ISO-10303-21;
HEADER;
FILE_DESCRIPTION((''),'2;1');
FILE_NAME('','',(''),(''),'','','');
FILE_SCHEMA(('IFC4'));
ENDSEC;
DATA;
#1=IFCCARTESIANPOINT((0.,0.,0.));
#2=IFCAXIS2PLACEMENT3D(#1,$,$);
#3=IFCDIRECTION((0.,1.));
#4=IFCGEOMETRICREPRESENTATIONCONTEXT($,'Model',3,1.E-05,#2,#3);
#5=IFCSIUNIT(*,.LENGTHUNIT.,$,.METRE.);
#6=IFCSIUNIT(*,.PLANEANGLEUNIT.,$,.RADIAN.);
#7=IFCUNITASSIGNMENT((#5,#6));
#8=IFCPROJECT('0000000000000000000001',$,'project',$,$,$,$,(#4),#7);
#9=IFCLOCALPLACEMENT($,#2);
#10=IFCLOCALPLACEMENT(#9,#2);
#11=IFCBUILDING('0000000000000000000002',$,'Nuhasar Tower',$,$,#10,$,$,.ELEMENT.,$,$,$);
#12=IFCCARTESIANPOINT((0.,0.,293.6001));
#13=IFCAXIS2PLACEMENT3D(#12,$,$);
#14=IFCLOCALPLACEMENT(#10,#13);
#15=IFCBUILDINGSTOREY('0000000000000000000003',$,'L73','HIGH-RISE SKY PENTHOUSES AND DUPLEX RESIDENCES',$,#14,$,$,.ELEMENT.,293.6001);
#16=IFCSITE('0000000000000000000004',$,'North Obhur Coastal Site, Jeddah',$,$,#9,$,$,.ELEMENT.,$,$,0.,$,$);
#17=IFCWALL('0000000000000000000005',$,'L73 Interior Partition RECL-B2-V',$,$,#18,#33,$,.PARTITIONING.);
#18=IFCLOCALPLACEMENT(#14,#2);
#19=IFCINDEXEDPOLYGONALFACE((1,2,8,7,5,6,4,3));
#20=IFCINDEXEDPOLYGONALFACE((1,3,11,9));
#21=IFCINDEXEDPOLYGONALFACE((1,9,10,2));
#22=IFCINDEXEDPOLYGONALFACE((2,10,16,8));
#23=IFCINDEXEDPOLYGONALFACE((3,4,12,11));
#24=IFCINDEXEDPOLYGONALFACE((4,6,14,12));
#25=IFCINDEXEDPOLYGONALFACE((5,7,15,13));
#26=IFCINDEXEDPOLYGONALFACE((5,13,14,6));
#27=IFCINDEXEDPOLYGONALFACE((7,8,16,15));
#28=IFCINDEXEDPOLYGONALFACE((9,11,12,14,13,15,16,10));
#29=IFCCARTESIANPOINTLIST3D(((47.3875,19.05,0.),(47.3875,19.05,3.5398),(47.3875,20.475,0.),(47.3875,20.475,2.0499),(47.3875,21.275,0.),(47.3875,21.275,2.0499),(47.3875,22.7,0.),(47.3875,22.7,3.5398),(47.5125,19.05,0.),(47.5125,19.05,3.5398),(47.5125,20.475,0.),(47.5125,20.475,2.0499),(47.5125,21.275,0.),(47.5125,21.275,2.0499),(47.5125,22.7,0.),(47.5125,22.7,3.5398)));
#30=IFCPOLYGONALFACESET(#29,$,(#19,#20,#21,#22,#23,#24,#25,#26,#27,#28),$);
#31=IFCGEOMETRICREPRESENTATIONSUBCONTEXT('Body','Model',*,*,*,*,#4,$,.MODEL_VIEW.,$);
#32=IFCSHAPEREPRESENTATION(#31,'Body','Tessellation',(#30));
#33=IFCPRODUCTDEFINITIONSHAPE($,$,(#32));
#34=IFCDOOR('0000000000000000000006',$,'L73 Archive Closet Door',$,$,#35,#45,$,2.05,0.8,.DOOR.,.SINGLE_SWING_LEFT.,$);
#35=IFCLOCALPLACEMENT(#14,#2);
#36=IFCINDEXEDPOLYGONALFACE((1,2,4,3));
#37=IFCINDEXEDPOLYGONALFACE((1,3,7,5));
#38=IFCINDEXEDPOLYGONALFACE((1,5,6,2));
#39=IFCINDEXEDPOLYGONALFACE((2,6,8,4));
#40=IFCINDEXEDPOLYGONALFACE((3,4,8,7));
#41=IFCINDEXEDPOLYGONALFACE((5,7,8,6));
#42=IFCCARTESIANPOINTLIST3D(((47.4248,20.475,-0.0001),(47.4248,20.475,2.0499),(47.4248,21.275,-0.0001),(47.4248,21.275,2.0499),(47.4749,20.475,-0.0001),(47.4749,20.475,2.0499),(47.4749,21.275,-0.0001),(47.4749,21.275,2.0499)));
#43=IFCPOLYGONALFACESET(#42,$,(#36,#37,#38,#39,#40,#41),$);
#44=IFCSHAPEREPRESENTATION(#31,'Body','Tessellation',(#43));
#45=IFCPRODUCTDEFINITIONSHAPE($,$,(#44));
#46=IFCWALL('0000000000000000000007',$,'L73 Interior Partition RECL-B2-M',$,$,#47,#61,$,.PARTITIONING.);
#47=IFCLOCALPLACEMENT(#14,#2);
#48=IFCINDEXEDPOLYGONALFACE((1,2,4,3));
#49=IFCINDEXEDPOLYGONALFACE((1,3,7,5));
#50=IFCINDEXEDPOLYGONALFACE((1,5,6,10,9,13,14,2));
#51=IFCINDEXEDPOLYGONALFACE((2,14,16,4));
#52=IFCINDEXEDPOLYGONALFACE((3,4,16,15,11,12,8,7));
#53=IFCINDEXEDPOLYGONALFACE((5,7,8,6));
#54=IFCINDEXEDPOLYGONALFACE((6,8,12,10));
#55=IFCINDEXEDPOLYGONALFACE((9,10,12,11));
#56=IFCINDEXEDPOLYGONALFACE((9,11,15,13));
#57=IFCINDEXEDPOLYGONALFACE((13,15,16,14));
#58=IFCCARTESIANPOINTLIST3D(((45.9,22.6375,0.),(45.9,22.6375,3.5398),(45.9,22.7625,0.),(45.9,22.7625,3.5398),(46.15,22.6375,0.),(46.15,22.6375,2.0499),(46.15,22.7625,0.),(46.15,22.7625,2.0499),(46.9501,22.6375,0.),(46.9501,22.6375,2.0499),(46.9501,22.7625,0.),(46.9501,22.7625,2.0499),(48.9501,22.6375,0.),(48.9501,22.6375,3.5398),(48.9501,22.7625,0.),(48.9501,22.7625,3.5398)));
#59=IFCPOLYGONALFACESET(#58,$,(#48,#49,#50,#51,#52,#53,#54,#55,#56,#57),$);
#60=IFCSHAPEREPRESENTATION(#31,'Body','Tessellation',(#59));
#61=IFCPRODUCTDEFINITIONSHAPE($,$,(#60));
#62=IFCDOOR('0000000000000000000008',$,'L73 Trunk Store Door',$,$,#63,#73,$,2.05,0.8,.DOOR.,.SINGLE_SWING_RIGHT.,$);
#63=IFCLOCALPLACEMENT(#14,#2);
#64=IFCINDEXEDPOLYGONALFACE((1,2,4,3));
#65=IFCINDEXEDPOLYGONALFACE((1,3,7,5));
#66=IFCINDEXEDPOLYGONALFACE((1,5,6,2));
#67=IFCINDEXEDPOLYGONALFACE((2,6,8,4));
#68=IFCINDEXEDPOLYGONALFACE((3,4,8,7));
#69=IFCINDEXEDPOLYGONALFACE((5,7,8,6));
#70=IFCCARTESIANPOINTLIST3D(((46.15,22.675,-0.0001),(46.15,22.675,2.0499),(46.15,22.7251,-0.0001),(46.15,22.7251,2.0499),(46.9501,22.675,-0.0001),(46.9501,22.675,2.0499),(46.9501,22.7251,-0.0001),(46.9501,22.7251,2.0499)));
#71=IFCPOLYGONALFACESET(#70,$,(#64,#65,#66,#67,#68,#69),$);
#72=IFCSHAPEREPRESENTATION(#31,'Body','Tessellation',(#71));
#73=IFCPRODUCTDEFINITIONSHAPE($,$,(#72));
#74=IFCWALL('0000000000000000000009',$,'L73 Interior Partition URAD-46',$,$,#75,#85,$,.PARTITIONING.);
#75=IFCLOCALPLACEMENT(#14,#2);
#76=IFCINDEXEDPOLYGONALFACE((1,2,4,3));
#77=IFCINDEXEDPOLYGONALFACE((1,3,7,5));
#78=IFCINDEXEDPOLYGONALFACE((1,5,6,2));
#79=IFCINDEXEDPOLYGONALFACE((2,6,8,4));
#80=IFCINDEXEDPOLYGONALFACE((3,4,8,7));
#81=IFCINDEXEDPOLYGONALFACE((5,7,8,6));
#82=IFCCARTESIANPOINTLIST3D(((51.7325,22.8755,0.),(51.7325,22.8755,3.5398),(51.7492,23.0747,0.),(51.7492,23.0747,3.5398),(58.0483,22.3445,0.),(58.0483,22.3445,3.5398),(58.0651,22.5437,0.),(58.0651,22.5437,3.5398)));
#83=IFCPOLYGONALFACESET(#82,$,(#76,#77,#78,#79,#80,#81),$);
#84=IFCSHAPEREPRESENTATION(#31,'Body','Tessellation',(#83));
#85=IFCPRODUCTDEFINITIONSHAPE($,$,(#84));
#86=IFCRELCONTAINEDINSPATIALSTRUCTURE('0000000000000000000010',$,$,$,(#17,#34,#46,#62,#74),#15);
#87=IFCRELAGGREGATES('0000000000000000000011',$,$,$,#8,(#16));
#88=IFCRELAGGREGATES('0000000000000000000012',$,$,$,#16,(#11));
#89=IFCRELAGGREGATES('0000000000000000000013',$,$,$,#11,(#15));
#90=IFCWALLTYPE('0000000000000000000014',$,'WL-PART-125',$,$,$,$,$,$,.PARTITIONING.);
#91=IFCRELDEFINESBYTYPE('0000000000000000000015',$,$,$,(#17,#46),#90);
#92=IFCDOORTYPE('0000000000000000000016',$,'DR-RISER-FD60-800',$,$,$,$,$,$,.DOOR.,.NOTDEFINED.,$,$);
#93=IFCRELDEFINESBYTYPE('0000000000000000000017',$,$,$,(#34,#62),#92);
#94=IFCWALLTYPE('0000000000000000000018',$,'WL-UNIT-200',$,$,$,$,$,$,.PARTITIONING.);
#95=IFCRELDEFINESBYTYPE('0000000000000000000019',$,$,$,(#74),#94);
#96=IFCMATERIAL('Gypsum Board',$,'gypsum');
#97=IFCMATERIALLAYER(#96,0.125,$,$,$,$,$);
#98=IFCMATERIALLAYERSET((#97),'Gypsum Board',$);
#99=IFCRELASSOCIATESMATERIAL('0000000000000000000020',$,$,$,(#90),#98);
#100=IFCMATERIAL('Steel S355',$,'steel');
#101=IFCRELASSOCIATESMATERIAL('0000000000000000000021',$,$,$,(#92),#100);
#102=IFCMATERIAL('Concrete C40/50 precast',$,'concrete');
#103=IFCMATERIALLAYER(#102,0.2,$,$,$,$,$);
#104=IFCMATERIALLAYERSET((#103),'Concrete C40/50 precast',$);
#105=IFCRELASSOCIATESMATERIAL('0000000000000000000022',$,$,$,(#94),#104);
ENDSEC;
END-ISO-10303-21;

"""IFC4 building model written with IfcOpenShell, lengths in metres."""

from ifc_helpers import new_model, si_unit, direction, frame, frame_2d, origin, place, context, subcontext, project, spatial, rectangle, extrude, material, layer, layer_set, type_object, element, fill, save


model = new_model("IFC4")

# Units and contexts
model_context = context("Model", 3, precision=1e-05, world=origin(), true_north=direction((0.0, 1.0)))
body_context = subcontext(model_context, "Body", "Model", "MODEL_VIEW")
ifc_project = project(units=[si_unit("LENGTHUNIT", "METRE"), si_unit("PLANEANGLEUNIT", "RADIAN")], contexts=[model_context])

# Site, building, storey
site_placement = place(None, origin())
site = spatial("IfcSite", under=ifc_project, at=site_placement, Name="North Obhur Coastal Site, Jeddah", CompositionType="ELEMENT", RefElevation=0.0)
building_placement = place(site_placement, origin())
building = spatial("IfcBuilding", under=site, at=building_placement, Name="Nuhasar Tower", CompositionType="ELEMENT")
storey_placement = place(building_placement, frame((0.0, 0.0, 293.6001)))
storey = spatial("IfcBuildingStorey", under=building, at=storey_placement, Name="L73", Description="HIGH-RISE SKY PENTHOUSES AND DUPLEX RESIDENCES", CompositionType="ELEMENT", Elevation=293.6001)

# Shared definitions
ifc_material_1 = material(Name="Steel S355", Category="steel")

# Shared definitions
ifc_material_2 = material(Name="Gypsum Board", Category="gypsum")

# Walls, openings, doors
ifc_layer_1 = layer(ifc_material_2, 0.125)
ifc_layer_set_1 = layer_set([ifc_layer_1], Name="Gypsum Board")
wall_type_1 = type_object("IfcWallType", Name="WL-PART-125", PredefinedType="PARTITIONING", material=ifc_layer_set_1)
wall_1_placement = place(storey_placement, frame((47.45, 22.7, 0.0), z_axis=(0.0, 0.0, 1.0), x_axis=(0.0, -1.0, 0.0)))
wall_1 = element("IfcWall", 1, at=wall_1_placement, inside=storey, type_object=wall_type_1, Name="L73 Interior Partition RECL-B2-V", PredefinedType="PARTITIONING", context=body_context, shape_type="SweptSolid", body=[
    extrude(rectangle(XDim=3.6499, YDim=0.125, at=frame_2d((1.825, 0.0))), origin(), (0.0, 0.0, 1.0), 3.5398),
])
opening_1_placement = place(wall_1_placement, frame((1.425, 0.0, 0.0)))
opening_1 = element("IfcOpeningElement", 2, at=opening_1_placement, cuts=wall_1, PredefinedType="OPENING", context=body_context, shape_type="SweptSolid", body=[
    extrude(rectangle(XDim=0.8, YDim=2.05, at=frame_2d((0.3999, 1.0249))), frame((0.0, 0.0725, 0.0), z_axis=(0.0, -1.0, 0.0), x_axis=(1.0, 0.0, 0.0)), (0.0, 0.0, 1.0), 0.145),
])
door_type_1 = type_object("IfcDoorType", Name="DR-RISER-FD60-800", OperationType="NOTDEFINED", PredefinedType="DOOR", material=ifc_material_1)
door_1_placement = place(opening_1_placement, origin())
door_1 = element("IfcDoor", 3, at=door_1_placement, inside=storey, type_object=door_type_1, Name="L73 Archive Closet Door", OperationType="SINGLE_SWING_LEFT", OverallHeight=2.05, OverallWidth=0.8, PredefinedType="DOOR", context=body_context, shape_type="SweptSolid", body=[
    extrude(rectangle(XDim=0.8, YDim=2.05, at=frame_2d((0.3999, 1.0249))), frame((0.0, 0.0249, 0.0), z_axis=(0.0, -1.0, 0.0), x_axis=(1.0, 0.0, 0.0)), (0.0, 0.0, 1.0), 0.05),
])
fill(opening_1, door_1)
wall_2_placement = place(storey_placement, frame((48.95, 22.7, 0.0), z_axis=(0.0, 0.0, 1.0), x_axis=(-1.0, 0.0, 0.0)))
wall_2 = element("IfcWall", 4, at=wall_2_placement, inside=storey, type_object=wall_type_1, Name="L73 Interior Partition RECL-B2-M", PredefinedType="PARTITIONING", context=body_context, shape_type="SweptSolid", body=[
    extrude(rectangle(XDim=3.05, YDim=0.125, at=frame_2d((1.5249, 0.0))), origin(), (0.0, 0.0, 1.0), 3.5398),
])
opening_2_placement = place(wall_2_placement, frame((2.0, 0.0, 0.0)))
opening_2 = element("IfcOpeningElement", 5, at=opening_2_placement, cuts=wall_2, PredefinedType="OPENING", context=body_context, shape_type="SweptSolid", body=[
    extrude(rectangle(XDim=0.8, YDim=2.05, at=frame_2d((0.3999, 1.0249))), frame((0.0, 0.0725, 0.0), z_axis=(0.0, -1.0, 0.0), x_axis=(1.0, 0.0, 0.0)), (0.0, 0.0, 1.0), 0.145),
])
door_2_placement = place(opening_2_placement, origin())
door_2 = element("IfcDoor", 6, at=door_2_placement, inside=storey, type_object=door_type_1, Name="L73 Trunk Store Door", OperationType="SINGLE_SWING_RIGHT", OverallHeight=2.05, OverallWidth=0.8, PredefinedType="DOOR", context=body_context, shape_type="SweptSolid", body=[
    extrude(rectangle(XDim=0.8, YDim=2.05, at=frame_2d((0.3999, 1.0249))), frame((0.0, 0.0249, 0.0), z_axis=(0.0, -1.0, 0.0), x_axis=(1.0, 0.0, 0.0)), (0.0, 0.0, 1.0), 0.05),
])
fill(opening_2, door_2)

# Wall
ifc_material_3 = material(Name="Concrete C40/50 precast", Category="concrete")
ifc_layer_2 = layer(ifc_material_3, 0.2)
ifc_layer_set_2 = layer_set([ifc_layer_2], Name="Concrete C40/50 precast")
wall_type_2 = type_object("IfcWallType", Name="WL-UNIT-200", PredefinedType="PARTITIONING", material=ifc_layer_set_2)
wall_3_placement = place(storey_placement, frame((51.741, 22.9751, 0.0), z_axis=(0.0, 0.0, 1.0), x_axis=(0.996484, -0.083779, 0.0)))
element("IfcWall", 7, at=wall_3_placement, inside=storey, type_object=wall_type_2, Name="L73 Interior Partition URAD-46", PredefinedType="PARTITIONING", context=body_context, shape_type="SweptSolid", body=[
    extrude(rectangle(XDim=6.3381, YDim=0.2, at=frame_2d((3.1689, 0.0))), origin(), (0.0, 0.0, 1.0), 3.5398),
])

save(model, "model.ifc")
